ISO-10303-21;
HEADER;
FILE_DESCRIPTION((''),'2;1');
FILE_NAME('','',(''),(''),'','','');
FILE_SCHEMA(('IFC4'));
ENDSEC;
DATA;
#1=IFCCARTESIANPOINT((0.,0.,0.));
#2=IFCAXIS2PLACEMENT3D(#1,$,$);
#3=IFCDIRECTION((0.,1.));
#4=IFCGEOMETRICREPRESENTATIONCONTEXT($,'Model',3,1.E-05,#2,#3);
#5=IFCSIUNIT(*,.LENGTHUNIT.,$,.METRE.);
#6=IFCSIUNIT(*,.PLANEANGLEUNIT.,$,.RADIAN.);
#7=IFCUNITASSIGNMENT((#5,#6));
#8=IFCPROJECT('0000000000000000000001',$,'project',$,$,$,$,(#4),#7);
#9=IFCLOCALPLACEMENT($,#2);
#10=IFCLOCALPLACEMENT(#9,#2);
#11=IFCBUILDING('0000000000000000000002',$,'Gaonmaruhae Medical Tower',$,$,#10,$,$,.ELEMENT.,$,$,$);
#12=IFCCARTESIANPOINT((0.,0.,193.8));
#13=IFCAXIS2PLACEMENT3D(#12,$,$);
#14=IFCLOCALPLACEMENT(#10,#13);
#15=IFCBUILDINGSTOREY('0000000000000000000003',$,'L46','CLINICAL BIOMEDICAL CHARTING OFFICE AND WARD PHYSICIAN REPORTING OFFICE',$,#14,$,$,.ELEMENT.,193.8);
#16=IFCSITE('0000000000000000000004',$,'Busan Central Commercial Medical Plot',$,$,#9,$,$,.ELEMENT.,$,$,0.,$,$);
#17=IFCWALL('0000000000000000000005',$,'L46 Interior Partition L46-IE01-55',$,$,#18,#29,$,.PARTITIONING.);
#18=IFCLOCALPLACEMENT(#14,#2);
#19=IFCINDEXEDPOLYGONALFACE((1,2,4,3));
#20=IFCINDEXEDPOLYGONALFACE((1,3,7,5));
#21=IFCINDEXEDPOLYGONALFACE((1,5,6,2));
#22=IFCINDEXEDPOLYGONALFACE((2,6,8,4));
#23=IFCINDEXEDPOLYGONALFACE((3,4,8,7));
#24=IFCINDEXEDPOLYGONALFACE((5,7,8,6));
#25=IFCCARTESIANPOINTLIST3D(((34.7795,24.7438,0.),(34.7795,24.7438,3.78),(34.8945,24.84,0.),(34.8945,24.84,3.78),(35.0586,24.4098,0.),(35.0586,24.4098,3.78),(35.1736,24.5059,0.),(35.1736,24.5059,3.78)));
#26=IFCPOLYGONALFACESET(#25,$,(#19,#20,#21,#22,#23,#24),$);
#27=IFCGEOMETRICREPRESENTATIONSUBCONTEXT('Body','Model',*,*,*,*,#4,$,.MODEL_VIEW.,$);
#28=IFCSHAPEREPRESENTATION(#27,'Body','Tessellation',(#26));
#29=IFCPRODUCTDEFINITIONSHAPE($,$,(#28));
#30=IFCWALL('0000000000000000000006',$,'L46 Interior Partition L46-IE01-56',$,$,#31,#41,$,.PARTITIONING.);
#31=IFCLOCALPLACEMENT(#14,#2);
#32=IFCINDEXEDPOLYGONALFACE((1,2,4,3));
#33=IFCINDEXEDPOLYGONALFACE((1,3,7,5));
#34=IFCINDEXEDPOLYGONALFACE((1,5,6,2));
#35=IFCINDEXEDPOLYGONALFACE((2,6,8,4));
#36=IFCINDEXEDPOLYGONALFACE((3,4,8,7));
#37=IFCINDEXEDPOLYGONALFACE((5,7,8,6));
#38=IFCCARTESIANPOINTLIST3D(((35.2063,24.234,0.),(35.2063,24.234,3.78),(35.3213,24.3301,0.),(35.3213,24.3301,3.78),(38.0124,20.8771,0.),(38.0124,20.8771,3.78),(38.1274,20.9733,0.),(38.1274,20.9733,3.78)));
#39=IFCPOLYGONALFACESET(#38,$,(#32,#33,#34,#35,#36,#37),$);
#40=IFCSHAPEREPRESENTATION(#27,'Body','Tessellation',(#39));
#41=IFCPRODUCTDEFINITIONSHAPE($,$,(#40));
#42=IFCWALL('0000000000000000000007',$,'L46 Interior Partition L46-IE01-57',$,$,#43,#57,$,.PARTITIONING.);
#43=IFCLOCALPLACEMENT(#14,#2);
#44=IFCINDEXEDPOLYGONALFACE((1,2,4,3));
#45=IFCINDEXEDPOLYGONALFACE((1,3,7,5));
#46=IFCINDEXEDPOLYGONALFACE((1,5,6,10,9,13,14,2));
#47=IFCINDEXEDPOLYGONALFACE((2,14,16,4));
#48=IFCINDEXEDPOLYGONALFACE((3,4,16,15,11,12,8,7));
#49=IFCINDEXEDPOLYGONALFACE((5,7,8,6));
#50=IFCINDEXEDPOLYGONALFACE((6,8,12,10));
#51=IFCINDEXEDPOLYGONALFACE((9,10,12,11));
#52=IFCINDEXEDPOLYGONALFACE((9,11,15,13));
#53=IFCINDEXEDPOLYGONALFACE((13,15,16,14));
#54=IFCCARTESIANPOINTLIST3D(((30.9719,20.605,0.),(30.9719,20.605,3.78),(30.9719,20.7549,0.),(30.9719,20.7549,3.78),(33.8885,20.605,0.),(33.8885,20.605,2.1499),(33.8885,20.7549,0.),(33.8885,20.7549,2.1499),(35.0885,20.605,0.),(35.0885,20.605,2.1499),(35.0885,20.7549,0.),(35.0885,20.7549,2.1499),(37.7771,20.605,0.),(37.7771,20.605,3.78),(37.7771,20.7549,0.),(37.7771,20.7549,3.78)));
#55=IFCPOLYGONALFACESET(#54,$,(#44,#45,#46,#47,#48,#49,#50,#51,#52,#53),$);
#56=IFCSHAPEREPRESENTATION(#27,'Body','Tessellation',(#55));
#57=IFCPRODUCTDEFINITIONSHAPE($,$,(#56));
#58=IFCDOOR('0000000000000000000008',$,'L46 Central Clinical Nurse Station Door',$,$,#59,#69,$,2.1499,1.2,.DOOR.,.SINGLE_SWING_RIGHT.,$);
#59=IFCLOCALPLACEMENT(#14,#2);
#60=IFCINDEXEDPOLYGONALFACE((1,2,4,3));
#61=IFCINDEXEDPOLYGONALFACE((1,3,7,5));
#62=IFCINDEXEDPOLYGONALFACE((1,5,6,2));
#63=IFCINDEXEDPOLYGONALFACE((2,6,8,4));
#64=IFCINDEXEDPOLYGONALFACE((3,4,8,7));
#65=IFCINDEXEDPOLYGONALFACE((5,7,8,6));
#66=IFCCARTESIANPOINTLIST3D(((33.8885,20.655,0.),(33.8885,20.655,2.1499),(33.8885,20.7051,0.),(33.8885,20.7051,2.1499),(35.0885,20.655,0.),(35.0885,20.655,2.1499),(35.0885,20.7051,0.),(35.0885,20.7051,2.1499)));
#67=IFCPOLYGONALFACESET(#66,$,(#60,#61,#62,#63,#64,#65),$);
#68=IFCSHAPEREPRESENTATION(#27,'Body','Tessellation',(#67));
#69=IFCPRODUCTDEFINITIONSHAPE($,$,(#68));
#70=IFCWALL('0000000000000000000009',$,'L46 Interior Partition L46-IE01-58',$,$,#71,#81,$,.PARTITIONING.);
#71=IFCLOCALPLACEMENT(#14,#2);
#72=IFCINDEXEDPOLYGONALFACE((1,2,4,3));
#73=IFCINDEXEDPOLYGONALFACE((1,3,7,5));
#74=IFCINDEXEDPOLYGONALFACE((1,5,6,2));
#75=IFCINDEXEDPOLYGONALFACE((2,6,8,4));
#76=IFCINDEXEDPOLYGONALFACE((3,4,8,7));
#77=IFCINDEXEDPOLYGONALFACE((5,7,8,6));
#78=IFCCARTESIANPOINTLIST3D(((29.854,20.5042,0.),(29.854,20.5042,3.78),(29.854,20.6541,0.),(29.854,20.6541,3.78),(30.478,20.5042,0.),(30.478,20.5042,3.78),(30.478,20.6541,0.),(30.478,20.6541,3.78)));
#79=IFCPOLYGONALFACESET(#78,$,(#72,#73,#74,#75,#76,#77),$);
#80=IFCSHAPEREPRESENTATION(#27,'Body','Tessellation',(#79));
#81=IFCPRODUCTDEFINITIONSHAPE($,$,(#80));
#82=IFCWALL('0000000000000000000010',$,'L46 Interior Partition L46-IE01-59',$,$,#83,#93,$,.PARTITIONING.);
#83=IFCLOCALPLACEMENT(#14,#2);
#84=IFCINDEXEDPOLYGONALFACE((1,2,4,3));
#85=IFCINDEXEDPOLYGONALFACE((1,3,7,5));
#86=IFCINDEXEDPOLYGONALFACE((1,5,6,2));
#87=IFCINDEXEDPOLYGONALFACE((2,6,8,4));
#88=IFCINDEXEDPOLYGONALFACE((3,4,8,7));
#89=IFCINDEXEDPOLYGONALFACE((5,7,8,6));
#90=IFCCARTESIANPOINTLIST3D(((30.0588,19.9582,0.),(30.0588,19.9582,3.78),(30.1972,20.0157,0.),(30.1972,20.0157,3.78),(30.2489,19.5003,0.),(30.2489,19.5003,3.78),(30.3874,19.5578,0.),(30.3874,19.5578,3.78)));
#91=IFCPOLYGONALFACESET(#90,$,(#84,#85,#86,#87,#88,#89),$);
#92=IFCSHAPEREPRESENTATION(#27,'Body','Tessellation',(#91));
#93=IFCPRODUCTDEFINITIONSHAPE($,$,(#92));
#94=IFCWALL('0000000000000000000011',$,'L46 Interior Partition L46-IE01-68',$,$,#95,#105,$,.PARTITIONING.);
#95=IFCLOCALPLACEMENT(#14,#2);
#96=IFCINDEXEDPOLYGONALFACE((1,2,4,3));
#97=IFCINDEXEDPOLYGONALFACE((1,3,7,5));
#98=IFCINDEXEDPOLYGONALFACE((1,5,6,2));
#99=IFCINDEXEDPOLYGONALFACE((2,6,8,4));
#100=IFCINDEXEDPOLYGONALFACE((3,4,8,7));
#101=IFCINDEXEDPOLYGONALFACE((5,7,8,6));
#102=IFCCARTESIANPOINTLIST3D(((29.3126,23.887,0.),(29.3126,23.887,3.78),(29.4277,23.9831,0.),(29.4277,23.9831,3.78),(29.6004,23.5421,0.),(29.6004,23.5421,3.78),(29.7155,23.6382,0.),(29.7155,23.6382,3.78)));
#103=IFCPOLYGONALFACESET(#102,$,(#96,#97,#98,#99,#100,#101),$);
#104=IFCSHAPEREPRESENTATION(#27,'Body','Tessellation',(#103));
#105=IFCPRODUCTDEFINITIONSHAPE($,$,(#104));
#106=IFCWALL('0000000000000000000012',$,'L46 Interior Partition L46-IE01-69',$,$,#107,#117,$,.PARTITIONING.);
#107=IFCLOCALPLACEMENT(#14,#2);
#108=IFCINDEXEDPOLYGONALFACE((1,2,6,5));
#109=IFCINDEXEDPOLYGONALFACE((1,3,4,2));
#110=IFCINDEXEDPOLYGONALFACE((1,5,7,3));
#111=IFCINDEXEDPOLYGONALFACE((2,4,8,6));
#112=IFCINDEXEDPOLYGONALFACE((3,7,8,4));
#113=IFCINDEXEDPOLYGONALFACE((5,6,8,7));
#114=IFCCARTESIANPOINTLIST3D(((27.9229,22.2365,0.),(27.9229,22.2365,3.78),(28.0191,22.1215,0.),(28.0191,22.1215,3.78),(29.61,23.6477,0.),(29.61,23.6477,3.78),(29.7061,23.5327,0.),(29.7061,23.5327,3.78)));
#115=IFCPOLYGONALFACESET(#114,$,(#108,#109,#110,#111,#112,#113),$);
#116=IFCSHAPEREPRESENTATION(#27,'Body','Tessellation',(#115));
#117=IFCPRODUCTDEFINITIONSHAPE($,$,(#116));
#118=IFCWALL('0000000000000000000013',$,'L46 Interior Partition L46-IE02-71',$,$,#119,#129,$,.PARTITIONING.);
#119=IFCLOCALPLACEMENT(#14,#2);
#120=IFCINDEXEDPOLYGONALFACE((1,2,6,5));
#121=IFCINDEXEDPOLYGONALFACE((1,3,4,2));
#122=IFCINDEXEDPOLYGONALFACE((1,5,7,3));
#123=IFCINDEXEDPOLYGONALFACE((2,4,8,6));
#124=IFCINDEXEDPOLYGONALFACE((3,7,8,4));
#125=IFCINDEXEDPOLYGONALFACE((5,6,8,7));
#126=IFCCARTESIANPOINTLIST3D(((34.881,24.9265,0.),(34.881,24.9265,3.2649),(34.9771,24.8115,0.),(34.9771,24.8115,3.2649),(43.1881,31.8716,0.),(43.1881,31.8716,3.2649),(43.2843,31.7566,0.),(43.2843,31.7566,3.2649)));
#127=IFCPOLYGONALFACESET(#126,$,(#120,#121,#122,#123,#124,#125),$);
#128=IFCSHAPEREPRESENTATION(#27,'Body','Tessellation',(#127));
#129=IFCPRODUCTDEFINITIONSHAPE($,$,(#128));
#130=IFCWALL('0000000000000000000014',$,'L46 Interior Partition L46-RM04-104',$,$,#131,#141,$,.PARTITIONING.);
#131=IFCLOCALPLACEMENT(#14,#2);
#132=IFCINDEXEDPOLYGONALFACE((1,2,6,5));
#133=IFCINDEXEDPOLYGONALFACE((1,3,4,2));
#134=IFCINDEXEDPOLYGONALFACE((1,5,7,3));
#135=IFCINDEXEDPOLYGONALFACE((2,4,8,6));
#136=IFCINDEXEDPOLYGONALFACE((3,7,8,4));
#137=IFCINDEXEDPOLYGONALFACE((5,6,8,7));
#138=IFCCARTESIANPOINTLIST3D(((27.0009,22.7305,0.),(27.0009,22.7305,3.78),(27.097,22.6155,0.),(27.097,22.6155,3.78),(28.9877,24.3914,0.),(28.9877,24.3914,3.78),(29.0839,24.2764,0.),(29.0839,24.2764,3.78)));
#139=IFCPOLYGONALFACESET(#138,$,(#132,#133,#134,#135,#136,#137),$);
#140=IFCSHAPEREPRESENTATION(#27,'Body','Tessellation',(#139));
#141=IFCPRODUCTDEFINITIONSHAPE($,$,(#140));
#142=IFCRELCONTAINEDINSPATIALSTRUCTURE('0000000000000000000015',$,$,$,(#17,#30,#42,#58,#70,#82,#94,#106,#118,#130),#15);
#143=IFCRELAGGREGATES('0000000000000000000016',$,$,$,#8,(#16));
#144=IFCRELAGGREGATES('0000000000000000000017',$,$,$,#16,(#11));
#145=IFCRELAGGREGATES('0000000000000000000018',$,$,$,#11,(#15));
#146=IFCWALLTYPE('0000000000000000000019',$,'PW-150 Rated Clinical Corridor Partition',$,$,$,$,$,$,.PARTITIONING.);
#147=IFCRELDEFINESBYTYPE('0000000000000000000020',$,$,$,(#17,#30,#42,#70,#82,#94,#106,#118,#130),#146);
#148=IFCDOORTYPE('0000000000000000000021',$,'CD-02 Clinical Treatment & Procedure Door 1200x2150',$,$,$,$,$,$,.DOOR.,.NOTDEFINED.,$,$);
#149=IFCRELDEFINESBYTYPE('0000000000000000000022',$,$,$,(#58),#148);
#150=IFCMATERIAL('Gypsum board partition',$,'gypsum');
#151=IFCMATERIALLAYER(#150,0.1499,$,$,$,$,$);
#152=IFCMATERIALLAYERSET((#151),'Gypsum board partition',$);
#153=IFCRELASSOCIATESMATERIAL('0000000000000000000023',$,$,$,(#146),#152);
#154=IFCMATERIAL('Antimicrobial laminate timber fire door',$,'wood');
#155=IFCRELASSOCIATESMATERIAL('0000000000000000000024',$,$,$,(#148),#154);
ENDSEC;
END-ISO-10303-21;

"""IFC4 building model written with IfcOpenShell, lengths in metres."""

from ifc_helpers import new_model, si_unit, direction, frame, frame_2d, origin, place, context, subcontext, project, spatial, rectangle, extrude, material, layer, layer_set, type_object, element, fill, save


model = new_model("IFC4")

# Units and contexts
model_context = context("Model", 3, precision=1e-05, world=origin(), true_north=direction((0.0, 1.0)))
body_context = subcontext(model_context, "Body", "Model", "MODEL_VIEW")
ifc_project = project(units=[si_unit("LENGTHUNIT", "METRE"), si_unit("PLANEANGLEUNIT", "RADIAN")], contexts=[model_context])

# Site, building, storey
site_placement = place(None, origin())
site = spatial("IfcSite", under=ifc_project, at=site_placement, Name="Busan Central Commercial Medical Plot", CompositionType="ELEMENT", RefElevation=0.0)
building_placement = place(site_placement, origin())
building = spatial("IfcBuilding", under=site, at=building_placement, Name="Gaonmaruhae Medical Tower", CompositionType="ELEMENT")
storey_placement = place(building_placement, frame((0.0, 0.0, 193.8)))
storey = spatial("IfcBuildingStorey", under=building, at=storey_placement, Name="L46", Description="CLINICAL BIOMEDICAL CHARTING OFFICE AND WARD PHYSICIAN REPORTING OFFICE", CompositionType="ELEMENT", Elevation=193.8)

# Walls
ifc_material_1 = material(Name="Gypsum board partition", Category="gypsum")
ifc_layer_1 = layer(ifc_material_1, 0.1499)
ifc_layer_set_1 = layer_set([ifc_layer_1], Name="Gypsum board partition")
wall_type_1 = type_object("IfcWallType", Name="PW-150 Rated Clinical Corridor Partition", PredefinedType="PARTITIONING", material=ifc_layer_set_1)
wall_1_placement = place(storey_placement, frame((34.8369, 24.792, 0.0), z_axis=(0.0, 0.0, 1.0), x_axis=(0.641177, -0.767393, 0.0)))
element("IfcWall", 1, at=wall_1_placement, inside=storey, type_object=wall_type_1, Name="L46 Interior Partition L46-IE01-55", PredefinedType="PARTITIONING", context=body_context, shape_type="SweptSolid", body=[
    extrude(rectangle(XDim=0.4353, YDim=0.1499, at=frame_2d((0.2178, 0.0))), origin(), (0.0, 0.0, 1.0), 3.78),
])
wall_2_placement = place(storey_placement, frame((35.2639, 24.282, 0.0), z_axis=(0.0, 0.0, 1.0), x_axis=(0.641358, -0.767242, 0.0)))
element("IfcWall", 2, at=wall_2_placement, inside=storey, type_object=wall_type_1, Name="L46 Interior Partition L46-IE01-56", PredefinedType="PARTITIONING", context=body_context, shape_type="SweptSolid", body=[
    extrude(rectangle(XDim=4.3752, YDim=0.1499, at=frame_2d((2.1875, 0.0))), origin(), (0.0, 0.0, 1.0), 3.78),
])

# Wall, opening, door
wall_3_placement = place(storey_placement, frame((37.7771, 20.6799, 0.0), z_axis=(0.0, 0.0, 1.0), x_axis=(-1.0, 0.0, 0.0)))
wall_3 = element("IfcWall", 3, at=wall_3_placement, inside=storey, type_object=wall_type_1, Name="L46 Interior Partition L46-IE01-57", PredefinedType="PARTITIONING", context=body_context, shape_type="SweptSolid", body=[
    extrude(rectangle(XDim=6.8052, YDim=0.1499, at=frame_2d((3.4026, 0.0))), origin(), (0.0, 0.0, 1.0), 3.78),
])
opening_1_placement = place(wall_3_placement, frame((2.6885, 0.0, 0.0)))
opening_1 = element("IfcOpeningElement", 4, at=opening_1_placement, cuts=wall_3, PredefinedType="OPENING", context=body_context, shape_type="SweptSolid", body=[
    extrude(rectangle(XDim=1.2, YDim=2.1499, at=frame_2d((0.6001, 1.075))), frame((0.0, 0.085, 0.0), z_axis=(0.0, -1.0, 0.0), x_axis=(1.0, 0.0, 0.0)), (0.0, 0.0, 1.0), 0.1699),
])
ifc_material_2 = material(Name="Antimicrobial laminate timber fire door", Category="wood")
door_type = type_object("IfcDoorType", Name="CD-02 Clinical Treatment & Procedure Door 1200x2150", OperationType="NOTDEFINED", PredefinedType="DOOR", material=ifc_material_2)
door_placement = place(opening_1_placement, origin())
door = element("IfcDoor", 5, at=door_placement, inside=storey, type_object=door_type, Name="L46 Central Clinical Nurse Station Door", OperationType="SINGLE_SWING_RIGHT", OverallHeight=2.1499, OverallWidth=1.2, PredefinedType="DOOR", context=body_context, shape_type="SweptSolid", body=[
    extrude(rectangle(XDim=1.2, YDim=2.1499, at=frame_2d((0.6001, 1.075))), frame((0.0, 0.0249, 0.0), z_axis=(0.0, -1.0, 0.0), x_axis=(1.0, 0.0, 0.0)), (0.0, 0.0, 1.0), 0.05),
])
fill(opening_1, door)

# Walls
wall_4_placement = place(storey_placement, frame((30.478, 20.5791, 0.0), z_axis=(0.0, 0.0, 1.0), x_axis=(-1.0, 0.0, 0.0)))
element("IfcWall", 6, at=wall_4_placement, inside=storey, type_object=wall_type_1, Name="L46 Interior Partition L46-IE01-58", PredefinedType="PARTITIONING", context=body_context, shape_type="SweptSolid", body=[
    extrude(rectangle(XDim=0.624, YDim=0.1499, at=frame_2d((0.312, 0.0))), origin(), (0.0, 0.0, 1.0), 3.78),
])
wall_5_placement = place(storey_placement, frame((30.1279, 19.9871, 0.0), z_axis=(0.0, 0.0, 1.0), x_axis=(0.383497, -0.923542, 0.0)))
element("IfcWall", 7, at=wall_5_placement, inside=storey, type_object=wall_type_1, Name="L46 Interior Partition L46-IE01-59", PredefinedType="PARTITIONING", context=body_context, shape_type="SweptSolid", body=[
    extrude(rectangle(XDim=0.4958, YDim=0.1499, at=frame_2d((0.248, 0.0))), origin(), (0.0, 0.0, 1.0), 3.78),
])
wall_6_placement = place(storey_placement, frame((29.3701, 23.9351, 0.0), z_axis=(0.0, 0.0, 1.0), x_axis=(0.640665, -0.76782, 0.0)))
element("IfcWall", 8, at=wall_6_placement, inside=storey, type_object=wall_type_1, Name="L46 Interior Partition L46-IE01-68", PredefinedType="PARTITIONING", context=body_context, shape_type="SweptSolid", body=[
    extrude(rectangle(XDim=0.4492, YDim=0.1499, at=frame_2d((0.2246, 0.0))), origin(), (0.0, 0.0, 1.0), 3.78),
])
wall_7_placement = place(storey_placement, frame((29.658, 23.5901, 0.0), z_axis=(0.0, 0.0, 1.0), x_axis=(-0.767037, -0.641603, 0.0)))
element("IfcWall", 9, at=wall_7_placement, inside=storey, type_object=wall_type_1, Name="L46 Interior Partition L46-IE01-69", PredefinedType="PARTITIONING", context=body_context, shape_type="SweptSolid", body=[
    extrude(rectangle(XDim=2.1995, YDim=0.1499, at=frame_2d((1.0996, 0.0))), origin(), (0.0, 0.0, 1.0), 3.78),
])
wall_8_placement = place(storey_placement, frame((34.929, 24.8689, 0.0), z_axis=(0.0, 0.0, 1.0), x_axis=(0.7672, 0.641408, 0.0)))
element("IfcWall", 10, at=wall_8_placement, inside=storey, type_object=wall_type_1, Name="L46 Interior Partition L46-IE02-71", PredefinedType="PARTITIONING", context=body_context, shape_type="SweptSolid", body=[
    extrude(rectangle(XDim=10.8279, YDim=0.1499, at=frame_2d((5.4141, 0.0))), origin(), (0.0, 0.0, 1.0), 3.2649),
])
wall_9_placement = place(storey_placement, frame((29.0359, 24.334, 0.0), z_axis=(0.0, 0.0, 1.0), x_axis=(-0.767231, -0.641371, 0.0)))
element("IfcWall", 11, at=wall_9_placement, inside=storey, type_object=wall_type_1, Name="L46 Interior Partition L46-RM04-104", PredefinedType="PARTITIONING", context=body_context, shape_type="SweptSolid", body=[
    extrude(rectangle(XDim=2.5896, YDim=0.1499, at=frame_2d((1.2949, 0.0))), origin(), (0.0, 0.0, 1.0), 3.78),
])

save(model, "model.ifc")
